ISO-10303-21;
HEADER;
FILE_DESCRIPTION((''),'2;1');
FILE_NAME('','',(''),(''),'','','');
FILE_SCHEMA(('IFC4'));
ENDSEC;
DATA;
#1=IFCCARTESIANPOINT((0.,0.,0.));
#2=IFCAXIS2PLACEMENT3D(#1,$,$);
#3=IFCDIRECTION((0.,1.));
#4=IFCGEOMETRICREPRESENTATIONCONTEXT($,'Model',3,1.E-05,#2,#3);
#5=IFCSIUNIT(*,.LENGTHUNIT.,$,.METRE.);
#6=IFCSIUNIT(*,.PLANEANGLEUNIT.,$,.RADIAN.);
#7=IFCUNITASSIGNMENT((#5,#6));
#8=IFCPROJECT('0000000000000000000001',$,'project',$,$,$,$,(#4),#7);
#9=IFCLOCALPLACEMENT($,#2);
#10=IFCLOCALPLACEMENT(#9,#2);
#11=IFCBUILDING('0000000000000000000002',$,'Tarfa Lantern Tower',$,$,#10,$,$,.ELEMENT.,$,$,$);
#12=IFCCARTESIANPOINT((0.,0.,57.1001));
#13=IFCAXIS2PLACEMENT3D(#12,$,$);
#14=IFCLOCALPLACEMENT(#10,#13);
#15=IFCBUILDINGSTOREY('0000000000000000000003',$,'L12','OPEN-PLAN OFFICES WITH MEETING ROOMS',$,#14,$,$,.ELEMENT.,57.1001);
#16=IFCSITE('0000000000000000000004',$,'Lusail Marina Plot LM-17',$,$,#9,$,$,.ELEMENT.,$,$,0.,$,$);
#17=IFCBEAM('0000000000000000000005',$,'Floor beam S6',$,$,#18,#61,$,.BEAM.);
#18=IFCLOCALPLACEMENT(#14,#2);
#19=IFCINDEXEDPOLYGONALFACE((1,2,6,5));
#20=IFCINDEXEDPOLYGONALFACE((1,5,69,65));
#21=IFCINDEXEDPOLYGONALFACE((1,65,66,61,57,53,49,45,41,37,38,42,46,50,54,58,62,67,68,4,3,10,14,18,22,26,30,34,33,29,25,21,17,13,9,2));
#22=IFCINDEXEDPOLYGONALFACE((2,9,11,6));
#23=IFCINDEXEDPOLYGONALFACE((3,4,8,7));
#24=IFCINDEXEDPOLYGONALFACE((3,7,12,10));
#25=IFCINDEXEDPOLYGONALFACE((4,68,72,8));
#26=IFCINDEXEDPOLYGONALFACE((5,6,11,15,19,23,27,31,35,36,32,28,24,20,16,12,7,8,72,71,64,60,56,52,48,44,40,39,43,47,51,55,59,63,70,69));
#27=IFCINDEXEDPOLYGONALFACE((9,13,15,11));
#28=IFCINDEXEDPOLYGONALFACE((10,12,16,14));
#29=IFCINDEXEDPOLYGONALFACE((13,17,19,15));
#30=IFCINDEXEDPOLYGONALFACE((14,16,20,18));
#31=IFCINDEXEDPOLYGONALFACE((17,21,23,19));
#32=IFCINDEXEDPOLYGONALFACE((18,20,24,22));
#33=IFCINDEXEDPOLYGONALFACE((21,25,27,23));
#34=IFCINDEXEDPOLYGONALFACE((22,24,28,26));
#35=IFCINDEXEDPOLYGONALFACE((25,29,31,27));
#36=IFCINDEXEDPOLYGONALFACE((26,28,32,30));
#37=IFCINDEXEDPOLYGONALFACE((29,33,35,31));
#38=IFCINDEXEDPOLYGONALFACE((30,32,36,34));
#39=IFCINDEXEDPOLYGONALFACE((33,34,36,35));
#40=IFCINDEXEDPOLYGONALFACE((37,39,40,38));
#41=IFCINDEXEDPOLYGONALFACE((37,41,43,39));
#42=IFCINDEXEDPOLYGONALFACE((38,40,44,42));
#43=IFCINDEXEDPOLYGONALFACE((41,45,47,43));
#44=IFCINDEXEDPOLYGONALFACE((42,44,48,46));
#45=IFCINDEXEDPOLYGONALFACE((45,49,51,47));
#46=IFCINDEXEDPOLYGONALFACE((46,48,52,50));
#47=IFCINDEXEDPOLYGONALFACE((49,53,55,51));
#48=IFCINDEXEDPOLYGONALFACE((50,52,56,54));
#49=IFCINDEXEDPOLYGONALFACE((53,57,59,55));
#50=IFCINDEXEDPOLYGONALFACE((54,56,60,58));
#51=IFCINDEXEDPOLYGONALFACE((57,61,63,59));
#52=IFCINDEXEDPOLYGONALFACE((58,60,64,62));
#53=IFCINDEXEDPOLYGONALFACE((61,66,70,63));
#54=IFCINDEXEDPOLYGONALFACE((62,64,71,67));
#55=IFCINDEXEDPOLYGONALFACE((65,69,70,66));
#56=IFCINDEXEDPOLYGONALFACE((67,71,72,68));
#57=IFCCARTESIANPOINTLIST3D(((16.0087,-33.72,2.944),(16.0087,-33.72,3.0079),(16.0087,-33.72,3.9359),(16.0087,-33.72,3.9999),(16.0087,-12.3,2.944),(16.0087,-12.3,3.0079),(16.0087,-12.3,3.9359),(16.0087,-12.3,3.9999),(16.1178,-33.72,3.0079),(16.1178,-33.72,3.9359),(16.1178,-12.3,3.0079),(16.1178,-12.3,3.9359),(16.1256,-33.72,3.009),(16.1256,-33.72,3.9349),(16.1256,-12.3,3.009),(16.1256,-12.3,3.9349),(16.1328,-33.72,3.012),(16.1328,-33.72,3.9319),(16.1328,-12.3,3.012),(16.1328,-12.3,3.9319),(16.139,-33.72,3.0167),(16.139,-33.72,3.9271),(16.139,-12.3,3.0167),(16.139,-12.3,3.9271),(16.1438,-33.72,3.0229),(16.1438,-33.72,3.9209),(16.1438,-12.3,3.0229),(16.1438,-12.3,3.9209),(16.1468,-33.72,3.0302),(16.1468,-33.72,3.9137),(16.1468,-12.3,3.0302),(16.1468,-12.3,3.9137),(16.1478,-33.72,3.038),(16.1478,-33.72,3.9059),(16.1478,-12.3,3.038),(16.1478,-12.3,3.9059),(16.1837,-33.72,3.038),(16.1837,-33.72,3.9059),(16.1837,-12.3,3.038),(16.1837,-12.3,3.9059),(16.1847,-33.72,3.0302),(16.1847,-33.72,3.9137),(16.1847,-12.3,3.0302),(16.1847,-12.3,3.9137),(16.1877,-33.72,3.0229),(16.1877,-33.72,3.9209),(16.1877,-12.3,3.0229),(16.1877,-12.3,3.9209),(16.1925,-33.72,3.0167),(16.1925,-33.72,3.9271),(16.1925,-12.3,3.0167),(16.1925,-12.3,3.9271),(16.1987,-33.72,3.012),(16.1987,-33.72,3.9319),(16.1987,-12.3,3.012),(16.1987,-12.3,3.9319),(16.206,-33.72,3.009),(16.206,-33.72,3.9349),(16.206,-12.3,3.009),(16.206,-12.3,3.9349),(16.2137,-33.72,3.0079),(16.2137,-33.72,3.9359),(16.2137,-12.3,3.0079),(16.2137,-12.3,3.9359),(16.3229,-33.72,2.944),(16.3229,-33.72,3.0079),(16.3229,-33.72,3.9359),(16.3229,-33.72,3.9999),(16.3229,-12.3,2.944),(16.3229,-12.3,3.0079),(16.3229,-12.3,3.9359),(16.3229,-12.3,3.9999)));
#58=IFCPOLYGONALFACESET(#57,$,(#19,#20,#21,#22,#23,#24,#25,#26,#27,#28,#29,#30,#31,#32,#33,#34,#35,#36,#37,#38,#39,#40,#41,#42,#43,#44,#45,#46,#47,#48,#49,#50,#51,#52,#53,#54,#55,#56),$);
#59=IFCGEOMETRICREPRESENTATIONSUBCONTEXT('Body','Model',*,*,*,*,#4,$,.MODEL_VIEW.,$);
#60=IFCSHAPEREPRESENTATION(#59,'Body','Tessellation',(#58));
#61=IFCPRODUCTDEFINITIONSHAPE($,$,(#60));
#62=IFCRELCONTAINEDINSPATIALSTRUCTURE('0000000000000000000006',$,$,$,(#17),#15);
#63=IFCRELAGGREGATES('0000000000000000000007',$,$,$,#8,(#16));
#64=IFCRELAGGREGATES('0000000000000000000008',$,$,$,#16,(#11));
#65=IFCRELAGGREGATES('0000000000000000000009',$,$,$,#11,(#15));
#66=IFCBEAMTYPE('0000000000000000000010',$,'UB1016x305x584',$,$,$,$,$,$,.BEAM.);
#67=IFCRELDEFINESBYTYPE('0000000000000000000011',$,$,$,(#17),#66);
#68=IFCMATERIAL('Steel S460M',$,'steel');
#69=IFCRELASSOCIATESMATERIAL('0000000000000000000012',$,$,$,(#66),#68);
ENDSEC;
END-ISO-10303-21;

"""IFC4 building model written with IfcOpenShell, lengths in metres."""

from ifc_helpers import new_model, si_unit, direction, frame, origin, origin_2d, place, context, subcontext, project, spatial, i_section, extrude, material, material_profile, profile_set, type_object, element, save


model = new_model("IFC4")

# Units and contexts
model_context = context("Model", 3, precision=1e-05, world=origin(), true_north=direction((0.0, 1.0)))
body_context = subcontext(model_context, "Body", "Model", "MODEL_VIEW")
ifc_project = project(units=[si_unit("LENGTHUNIT", "METRE"), si_unit("PLANEANGLEUNIT", "RADIAN")], contexts=[model_context])

# Site, building, storey
site_placement = place(None, origin())
site = spatial("IfcSite", under=ifc_project, at=site_placement, Name="Lusail Marina Plot LM-17", CompositionType="ELEMENT", RefElevation=0.0)
building_placement = place(site_placement, origin())
building = spatial("IfcBuilding", under=site, at=building_placement, Name="Tarfa Lantern Tower", CompositionType="ELEMENT")
storey_placement = place(building_placement, frame((0.0, 0.0, 57.1001)))
storey = spatial("IfcBuildingStorey", under=building, at=storey_placement, Name="L12", Description="OPEN-PLAN OFFICES WITH MEETING ROOMS", CompositionType="ELEMENT", Elevation=57.1001)

# Beam
ifc_material_1 = material(Name="Steel S460M", Category="steel")
ifc_material_profile_1 = material_profile(ifc_material_1, i_section(OverallWidth=0.3142, OverallDepth=1.0559, WebThickness=0.0359, FlangeThickness=0.064, FilletRadius=0.03, at=origin_2d()), Name="UB1016x305x584")
ifc_profile_set_1 = profile_set([ifc_material_profile_1], Name="Steel S460M")
beam_type_1 = type_object("IfcBeamType", Name="UB1016x305x584", PredefinedType="BEAM", material=ifc_profile_set_1)
beam_1_placement = place(storey_placement, frame((16.1658, -33.72, 3.4719), z_axis=(0.0, 1.0, 0.0), x_axis=(-1.0, 0.0, 0.0)))
element("IfcBeam", 1, at=beam_1_placement, inside=storey, type_object=beam_type_1, Name="Floor beam S6", PredefinedType="BEAM", context=body_context, shape_type="SweptSolid", body=[
    extrude(i_section(OverallWidth=0.3142, OverallDepth=1.0559, WebThickness=0.0359, FlangeThickness=0.064, FilletRadius=0.03, at=origin_2d()), origin(), (0.0, 0.0, 1.0), 21.4199),
])

save(model, "model.ifc")
